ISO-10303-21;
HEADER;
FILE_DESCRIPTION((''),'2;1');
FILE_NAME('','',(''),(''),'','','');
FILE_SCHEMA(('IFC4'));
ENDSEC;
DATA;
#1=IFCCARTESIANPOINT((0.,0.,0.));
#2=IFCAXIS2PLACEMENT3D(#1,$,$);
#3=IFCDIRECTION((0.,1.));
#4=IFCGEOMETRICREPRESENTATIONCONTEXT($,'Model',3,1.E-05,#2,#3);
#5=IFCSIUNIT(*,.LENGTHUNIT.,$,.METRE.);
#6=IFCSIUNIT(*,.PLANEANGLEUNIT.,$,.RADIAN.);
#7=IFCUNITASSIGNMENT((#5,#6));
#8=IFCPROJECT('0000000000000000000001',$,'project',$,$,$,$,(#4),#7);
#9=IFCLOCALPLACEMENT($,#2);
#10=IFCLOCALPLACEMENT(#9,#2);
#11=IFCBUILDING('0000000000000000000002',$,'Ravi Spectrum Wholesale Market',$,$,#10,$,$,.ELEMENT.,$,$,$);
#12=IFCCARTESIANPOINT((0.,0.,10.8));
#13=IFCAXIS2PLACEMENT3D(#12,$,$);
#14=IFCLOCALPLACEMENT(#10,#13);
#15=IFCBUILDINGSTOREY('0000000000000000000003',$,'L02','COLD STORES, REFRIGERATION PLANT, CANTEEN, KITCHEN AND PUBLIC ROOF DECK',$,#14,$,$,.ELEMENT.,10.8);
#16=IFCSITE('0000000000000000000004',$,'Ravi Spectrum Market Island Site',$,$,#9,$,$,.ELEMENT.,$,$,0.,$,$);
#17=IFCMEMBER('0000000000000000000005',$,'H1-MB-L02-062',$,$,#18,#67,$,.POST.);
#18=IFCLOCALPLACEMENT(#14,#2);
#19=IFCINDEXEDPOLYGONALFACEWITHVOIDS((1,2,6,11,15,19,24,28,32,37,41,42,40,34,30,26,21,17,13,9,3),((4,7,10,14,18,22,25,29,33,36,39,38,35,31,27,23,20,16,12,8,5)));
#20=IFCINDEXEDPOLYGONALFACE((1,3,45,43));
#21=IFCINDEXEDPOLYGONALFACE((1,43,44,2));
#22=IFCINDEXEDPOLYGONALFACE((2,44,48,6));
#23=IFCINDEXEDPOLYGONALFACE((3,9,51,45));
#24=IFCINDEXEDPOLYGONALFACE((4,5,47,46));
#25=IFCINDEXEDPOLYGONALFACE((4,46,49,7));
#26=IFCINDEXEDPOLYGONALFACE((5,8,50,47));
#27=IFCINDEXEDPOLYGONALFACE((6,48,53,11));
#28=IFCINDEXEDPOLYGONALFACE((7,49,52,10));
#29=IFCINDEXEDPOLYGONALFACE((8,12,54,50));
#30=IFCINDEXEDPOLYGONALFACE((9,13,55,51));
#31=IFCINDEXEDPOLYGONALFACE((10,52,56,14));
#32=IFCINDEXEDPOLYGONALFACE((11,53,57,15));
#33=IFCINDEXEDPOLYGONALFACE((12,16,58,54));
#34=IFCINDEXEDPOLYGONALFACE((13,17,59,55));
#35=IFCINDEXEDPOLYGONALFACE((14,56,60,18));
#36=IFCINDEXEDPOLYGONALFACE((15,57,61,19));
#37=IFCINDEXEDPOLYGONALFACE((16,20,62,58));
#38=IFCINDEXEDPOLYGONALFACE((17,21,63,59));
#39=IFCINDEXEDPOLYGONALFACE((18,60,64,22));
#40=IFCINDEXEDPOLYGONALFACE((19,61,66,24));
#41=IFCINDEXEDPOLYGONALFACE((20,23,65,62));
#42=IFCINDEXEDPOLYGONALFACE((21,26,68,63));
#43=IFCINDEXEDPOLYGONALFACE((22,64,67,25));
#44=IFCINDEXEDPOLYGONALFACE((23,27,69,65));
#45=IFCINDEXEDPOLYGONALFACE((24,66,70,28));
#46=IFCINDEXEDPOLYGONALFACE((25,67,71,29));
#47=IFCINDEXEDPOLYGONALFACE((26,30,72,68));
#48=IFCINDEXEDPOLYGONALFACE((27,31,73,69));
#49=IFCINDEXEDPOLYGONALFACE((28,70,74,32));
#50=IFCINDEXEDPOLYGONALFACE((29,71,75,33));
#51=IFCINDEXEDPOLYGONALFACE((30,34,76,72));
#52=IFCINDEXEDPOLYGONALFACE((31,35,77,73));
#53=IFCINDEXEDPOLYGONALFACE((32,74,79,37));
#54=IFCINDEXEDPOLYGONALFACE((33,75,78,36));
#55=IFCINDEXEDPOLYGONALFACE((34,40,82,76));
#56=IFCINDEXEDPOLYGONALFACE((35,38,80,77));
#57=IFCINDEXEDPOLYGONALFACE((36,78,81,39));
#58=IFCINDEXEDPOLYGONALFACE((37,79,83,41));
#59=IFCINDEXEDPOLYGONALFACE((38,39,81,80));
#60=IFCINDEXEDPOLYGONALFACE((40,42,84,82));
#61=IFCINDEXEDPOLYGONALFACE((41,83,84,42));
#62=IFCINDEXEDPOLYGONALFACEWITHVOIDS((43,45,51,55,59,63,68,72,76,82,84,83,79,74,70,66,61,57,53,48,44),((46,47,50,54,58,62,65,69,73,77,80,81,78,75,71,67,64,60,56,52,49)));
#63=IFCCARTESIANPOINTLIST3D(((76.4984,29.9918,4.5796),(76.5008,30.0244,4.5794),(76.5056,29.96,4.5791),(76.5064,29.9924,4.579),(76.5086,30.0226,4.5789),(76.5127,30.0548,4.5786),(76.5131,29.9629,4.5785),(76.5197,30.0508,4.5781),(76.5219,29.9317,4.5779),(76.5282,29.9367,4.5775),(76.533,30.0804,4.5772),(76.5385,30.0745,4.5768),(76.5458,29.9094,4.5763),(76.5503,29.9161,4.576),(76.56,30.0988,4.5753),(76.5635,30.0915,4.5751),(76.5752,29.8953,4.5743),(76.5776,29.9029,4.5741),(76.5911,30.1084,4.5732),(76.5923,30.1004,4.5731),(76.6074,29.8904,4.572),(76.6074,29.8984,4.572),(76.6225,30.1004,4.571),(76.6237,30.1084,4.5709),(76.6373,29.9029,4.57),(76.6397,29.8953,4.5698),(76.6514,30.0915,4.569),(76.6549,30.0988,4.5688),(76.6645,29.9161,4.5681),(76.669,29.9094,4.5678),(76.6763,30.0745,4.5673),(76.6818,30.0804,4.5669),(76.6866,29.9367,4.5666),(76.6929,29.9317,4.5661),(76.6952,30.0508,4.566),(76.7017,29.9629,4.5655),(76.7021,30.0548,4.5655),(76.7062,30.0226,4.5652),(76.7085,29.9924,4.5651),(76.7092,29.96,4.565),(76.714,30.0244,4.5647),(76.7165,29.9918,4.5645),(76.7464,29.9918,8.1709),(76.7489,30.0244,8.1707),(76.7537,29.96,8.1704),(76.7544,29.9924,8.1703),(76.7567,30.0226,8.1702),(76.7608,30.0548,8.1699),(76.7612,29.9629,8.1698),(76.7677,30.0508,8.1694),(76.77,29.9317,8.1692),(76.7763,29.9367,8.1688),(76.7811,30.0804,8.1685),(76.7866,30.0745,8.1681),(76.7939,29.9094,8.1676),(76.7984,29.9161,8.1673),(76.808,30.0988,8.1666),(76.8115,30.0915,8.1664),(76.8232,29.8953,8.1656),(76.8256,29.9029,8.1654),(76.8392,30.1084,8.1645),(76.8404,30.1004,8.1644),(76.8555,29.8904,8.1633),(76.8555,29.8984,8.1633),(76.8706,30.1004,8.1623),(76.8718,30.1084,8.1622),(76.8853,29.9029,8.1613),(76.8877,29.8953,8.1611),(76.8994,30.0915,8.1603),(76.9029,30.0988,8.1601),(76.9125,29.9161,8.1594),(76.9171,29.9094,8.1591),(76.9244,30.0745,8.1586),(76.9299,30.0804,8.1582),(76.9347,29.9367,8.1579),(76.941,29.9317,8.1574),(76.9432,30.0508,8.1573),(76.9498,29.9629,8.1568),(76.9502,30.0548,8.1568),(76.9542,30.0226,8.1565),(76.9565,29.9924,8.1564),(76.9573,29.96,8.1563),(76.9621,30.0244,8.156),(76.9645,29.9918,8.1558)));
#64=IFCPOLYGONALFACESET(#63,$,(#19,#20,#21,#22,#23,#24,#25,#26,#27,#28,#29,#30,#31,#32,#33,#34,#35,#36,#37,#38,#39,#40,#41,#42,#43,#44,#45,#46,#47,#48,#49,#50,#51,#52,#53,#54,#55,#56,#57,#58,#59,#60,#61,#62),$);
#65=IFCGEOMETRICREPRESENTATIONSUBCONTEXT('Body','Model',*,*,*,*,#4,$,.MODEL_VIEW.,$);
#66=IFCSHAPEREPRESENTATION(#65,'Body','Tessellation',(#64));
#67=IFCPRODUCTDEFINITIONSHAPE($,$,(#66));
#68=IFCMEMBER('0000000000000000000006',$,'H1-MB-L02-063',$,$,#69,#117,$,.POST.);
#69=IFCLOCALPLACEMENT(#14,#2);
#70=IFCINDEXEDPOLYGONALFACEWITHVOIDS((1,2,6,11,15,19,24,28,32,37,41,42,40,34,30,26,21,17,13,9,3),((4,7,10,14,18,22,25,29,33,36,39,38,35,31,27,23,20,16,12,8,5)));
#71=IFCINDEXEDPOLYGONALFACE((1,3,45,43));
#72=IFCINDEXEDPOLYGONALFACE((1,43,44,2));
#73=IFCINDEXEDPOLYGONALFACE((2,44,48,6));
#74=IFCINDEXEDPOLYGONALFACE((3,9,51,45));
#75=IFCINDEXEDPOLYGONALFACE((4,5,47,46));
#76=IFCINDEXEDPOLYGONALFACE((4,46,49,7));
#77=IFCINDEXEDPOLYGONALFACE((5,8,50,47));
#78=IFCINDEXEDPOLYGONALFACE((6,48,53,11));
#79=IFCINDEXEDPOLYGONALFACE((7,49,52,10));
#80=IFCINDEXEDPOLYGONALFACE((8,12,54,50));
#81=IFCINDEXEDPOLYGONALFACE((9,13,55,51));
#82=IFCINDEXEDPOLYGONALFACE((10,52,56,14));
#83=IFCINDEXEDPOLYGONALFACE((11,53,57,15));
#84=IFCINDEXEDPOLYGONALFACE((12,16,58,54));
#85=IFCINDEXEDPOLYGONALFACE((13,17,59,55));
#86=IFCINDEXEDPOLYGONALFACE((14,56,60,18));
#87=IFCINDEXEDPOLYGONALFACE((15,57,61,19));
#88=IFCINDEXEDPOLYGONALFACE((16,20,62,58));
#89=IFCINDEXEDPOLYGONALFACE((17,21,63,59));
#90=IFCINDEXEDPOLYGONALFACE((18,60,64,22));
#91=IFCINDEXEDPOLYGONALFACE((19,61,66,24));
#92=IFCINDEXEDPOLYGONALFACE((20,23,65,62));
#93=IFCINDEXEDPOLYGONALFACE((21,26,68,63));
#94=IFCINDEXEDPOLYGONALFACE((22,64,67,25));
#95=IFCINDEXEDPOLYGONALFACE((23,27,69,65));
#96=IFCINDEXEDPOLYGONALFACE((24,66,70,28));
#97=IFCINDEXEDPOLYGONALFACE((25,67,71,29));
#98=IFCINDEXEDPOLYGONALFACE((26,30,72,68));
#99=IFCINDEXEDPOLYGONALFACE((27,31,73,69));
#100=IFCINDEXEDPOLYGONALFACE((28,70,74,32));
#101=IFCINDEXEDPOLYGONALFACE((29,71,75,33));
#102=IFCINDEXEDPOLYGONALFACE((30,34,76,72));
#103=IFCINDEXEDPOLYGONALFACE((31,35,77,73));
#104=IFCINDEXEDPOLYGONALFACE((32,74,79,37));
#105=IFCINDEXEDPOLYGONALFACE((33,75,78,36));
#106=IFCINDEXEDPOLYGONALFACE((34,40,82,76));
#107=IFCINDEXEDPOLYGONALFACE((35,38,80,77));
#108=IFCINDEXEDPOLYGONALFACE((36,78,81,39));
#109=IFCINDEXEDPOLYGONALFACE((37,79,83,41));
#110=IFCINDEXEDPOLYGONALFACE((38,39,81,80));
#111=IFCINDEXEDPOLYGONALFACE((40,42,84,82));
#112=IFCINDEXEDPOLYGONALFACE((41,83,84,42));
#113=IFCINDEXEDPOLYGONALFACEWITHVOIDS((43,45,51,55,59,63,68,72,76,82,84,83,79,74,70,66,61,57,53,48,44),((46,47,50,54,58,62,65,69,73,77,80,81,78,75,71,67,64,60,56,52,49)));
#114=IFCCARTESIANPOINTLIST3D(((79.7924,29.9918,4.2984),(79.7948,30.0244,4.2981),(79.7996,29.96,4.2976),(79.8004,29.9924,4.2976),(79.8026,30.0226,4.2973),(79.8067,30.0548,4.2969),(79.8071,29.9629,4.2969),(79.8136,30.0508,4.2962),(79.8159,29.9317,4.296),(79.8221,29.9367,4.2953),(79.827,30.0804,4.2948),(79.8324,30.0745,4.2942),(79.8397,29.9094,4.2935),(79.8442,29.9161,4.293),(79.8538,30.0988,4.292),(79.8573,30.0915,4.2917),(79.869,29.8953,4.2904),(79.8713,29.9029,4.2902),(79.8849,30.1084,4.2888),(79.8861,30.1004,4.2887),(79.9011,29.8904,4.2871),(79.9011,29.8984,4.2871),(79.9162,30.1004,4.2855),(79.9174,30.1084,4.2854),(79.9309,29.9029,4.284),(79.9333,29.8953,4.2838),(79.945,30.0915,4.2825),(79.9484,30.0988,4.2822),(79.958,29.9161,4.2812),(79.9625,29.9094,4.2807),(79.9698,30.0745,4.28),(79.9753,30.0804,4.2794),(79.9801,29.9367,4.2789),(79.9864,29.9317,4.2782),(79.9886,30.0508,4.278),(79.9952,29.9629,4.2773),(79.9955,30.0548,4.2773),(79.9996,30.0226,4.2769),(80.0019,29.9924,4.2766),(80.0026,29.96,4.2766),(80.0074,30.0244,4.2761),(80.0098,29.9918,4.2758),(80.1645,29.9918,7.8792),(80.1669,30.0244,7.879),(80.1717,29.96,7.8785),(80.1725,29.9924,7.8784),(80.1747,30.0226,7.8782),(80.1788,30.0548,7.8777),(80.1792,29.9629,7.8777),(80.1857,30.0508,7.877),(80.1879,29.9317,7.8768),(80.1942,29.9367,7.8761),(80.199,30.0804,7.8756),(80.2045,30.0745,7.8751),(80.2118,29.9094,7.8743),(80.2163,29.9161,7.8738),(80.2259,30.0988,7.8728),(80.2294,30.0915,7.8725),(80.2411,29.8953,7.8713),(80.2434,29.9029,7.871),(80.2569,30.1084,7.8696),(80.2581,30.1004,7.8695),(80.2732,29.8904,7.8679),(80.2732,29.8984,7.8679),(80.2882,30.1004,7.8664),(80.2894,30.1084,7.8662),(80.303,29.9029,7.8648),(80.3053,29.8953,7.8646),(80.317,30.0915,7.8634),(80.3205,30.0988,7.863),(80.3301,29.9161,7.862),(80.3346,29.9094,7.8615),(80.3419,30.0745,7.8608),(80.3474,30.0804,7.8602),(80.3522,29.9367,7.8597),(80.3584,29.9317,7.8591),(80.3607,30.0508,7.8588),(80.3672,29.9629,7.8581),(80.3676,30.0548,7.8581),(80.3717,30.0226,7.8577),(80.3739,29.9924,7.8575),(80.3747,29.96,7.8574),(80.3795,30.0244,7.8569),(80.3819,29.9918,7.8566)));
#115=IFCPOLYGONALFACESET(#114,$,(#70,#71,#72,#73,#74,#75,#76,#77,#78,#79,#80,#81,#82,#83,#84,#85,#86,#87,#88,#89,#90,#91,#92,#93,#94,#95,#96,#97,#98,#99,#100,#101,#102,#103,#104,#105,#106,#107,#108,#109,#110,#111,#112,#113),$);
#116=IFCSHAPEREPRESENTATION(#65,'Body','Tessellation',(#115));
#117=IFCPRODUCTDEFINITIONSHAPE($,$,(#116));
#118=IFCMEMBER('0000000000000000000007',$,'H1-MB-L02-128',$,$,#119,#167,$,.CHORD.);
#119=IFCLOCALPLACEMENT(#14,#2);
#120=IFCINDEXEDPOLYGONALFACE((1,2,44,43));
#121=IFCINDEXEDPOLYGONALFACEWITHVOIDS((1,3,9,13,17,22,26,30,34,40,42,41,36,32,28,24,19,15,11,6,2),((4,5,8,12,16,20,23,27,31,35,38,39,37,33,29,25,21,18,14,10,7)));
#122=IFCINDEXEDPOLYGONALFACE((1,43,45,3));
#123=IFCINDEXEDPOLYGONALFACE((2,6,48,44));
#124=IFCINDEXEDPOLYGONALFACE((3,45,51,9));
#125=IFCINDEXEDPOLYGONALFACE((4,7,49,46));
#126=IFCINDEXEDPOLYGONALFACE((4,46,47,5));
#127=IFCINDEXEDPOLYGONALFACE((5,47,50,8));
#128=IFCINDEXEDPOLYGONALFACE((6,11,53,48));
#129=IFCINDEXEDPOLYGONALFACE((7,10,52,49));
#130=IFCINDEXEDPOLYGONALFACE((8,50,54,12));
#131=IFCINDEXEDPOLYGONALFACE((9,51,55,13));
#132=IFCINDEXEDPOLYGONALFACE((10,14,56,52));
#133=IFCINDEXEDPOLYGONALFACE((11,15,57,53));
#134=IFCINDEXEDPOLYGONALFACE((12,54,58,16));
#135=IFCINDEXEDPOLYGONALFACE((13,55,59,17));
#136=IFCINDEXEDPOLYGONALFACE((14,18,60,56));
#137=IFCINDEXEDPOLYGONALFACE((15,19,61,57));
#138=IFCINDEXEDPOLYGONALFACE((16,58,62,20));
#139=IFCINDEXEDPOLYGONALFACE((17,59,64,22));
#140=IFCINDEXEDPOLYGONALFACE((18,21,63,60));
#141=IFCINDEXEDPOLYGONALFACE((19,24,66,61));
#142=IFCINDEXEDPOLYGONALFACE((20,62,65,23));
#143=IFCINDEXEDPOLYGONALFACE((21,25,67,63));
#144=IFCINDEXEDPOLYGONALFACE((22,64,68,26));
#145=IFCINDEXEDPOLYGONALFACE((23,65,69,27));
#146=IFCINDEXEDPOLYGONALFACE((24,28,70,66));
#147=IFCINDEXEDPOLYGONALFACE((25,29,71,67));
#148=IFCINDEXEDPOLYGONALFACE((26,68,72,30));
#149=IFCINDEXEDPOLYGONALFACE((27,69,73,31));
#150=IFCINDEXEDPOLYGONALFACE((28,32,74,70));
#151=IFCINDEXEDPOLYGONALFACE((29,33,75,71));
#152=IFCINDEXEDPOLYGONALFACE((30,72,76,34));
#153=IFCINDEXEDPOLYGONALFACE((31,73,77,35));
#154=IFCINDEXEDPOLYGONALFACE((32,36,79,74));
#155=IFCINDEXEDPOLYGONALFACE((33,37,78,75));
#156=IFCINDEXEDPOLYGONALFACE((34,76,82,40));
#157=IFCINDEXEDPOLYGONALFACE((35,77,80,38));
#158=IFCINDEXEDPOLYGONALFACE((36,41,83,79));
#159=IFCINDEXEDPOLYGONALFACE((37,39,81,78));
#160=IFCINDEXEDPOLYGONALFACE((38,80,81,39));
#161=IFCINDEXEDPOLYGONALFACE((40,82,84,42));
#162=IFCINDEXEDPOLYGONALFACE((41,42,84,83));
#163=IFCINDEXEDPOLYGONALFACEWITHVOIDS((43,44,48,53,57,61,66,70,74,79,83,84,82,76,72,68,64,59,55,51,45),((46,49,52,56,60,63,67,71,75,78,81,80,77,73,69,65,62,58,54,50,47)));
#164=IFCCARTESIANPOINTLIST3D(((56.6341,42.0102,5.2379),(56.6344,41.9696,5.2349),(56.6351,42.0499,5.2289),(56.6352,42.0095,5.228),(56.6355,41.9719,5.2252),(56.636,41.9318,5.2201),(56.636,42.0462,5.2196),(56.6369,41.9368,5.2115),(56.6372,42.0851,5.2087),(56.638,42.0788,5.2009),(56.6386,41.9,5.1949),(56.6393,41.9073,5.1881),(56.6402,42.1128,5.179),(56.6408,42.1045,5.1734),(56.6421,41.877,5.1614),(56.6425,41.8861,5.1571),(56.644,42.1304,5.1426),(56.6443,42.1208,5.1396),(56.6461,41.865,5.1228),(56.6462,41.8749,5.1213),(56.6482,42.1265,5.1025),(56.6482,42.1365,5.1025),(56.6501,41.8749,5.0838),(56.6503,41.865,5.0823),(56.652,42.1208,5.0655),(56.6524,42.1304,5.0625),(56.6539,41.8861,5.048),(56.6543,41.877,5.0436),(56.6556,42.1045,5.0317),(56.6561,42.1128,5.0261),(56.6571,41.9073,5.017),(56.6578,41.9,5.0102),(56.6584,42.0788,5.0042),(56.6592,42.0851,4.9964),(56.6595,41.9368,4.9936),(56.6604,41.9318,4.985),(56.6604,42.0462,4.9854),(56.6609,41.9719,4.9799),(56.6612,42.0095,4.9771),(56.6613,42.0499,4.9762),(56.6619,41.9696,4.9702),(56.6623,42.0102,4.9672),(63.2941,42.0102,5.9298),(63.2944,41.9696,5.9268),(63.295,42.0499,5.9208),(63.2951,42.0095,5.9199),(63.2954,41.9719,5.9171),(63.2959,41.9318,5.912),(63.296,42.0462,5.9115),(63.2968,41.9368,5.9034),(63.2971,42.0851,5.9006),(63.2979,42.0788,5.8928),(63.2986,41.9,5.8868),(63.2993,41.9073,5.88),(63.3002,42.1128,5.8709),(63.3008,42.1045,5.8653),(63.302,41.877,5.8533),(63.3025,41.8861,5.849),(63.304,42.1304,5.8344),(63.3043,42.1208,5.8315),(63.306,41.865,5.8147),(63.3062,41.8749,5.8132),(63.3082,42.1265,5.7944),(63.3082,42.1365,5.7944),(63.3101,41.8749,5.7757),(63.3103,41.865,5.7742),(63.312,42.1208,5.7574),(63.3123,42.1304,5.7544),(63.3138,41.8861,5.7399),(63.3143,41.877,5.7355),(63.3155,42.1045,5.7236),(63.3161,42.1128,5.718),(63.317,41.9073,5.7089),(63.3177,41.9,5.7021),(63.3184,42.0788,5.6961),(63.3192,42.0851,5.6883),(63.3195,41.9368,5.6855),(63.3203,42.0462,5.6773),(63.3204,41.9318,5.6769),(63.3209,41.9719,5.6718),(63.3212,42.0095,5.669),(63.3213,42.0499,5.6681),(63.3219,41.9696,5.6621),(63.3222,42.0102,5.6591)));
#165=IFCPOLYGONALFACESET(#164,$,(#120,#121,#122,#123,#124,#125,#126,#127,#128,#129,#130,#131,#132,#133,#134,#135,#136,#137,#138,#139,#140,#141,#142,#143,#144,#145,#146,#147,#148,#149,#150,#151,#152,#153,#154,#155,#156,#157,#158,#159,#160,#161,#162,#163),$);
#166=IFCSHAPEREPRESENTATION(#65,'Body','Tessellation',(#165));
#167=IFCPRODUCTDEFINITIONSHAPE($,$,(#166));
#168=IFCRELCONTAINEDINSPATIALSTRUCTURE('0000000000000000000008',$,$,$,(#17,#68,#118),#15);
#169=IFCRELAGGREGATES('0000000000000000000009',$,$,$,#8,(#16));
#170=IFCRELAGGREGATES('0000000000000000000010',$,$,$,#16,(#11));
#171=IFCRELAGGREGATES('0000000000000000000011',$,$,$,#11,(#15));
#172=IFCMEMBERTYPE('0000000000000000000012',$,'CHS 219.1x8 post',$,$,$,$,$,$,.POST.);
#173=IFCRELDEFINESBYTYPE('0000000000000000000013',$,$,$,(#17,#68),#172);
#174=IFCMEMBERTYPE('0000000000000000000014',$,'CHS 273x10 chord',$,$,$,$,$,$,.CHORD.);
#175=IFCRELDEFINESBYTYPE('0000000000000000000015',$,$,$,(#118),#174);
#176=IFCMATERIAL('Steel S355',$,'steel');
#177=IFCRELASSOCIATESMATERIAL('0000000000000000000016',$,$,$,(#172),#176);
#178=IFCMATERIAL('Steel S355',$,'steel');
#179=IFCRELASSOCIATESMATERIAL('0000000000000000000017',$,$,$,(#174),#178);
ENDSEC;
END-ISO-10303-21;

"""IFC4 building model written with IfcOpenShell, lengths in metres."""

from ifc_helpers import new_model, si_unit, direction, frame, origin, origin_2d, place, context, subcontext, project, spatial, hollow_circle, extrude, material, material_profile, profile_set, type_object, element, save


model = new_model("IFC4")

# Units and contexts
model_context = context("Model", 3, precision=1e-05, world=origin(), true_north=direction((0.0, 1.0)))
body_context = subcontext(model_context, "Body", "Model", "MODEL_VIEW")
ifc_project = project(units=[si_unit("LENGTHUNIT", "METRE"), si_unit("PLANEANGLEUNIT", "RADIAN")], contexts=[model_context])

# Site, building, storey
site_placement = place(None, origin())
site = spatial("IfcSite", under=ifc_project, at=site_placement, Name="Ravi Spectrum Market Island Site", CompositionType="ELEMENT", RefElevation=0.0)
building_placement = place(site_placement, origin())
building = spatial("IfcBuilding", under=site, at=building_placement, Name="Ravi Spectrum Wholesale Market", CompositionType="ELEMENT")
storey_placement = place(building_placement, frame((0.0, 0.0, 10.8)))
storey = spatial("IfcBuildingStorey", under=building, at=storey_placement, Name="L02", Description="COLD STORES, REFRIGERATION PLANT, CANTEEN, KITCHEN AND PUBLIC ROOF DECK", CompositionType="ELEMENT", Elevation=10.8)

# Members
ifc_material_1 = material(Name="Steel S355", Category="steel")
ifc_material_profile_1 = material_profile(ifc_material_1, hollow_circle(Radius=0.1096, WallThickness=0.0081, at=origin_2d()))
ifc_profile_set_1 = profile_set([ifc_material_profile_1], Name="Steel S355")
member_type_1 = type_object("IfcMemberType", Name="CHS 219.1x8 post", PredefinedType="POST", material=ifc_profile_set_1)
member_1_placement = place(storey_placement, frame((76.8555, 30.0, 8.1633), z_axis=(-0.068905, 0.0, -0.997623), x_axis=(0.0, -1.0, 0.0)))
element("IfcMember", 1, at=member_1_placement, inside=storey, type_object=member_type_1, Name="H1-MB-L02-062", PredefinedType="POST", context=body_context, shape_type="SweptSolid", body=[
    extrude(hollow_circle(Radius=0.1096, WallThickness=0.0081, at=origin_2d()), origin(), (0.0, 0.0, 1.0), 3.5999),
])
member_2_placement = place(storey_placement, frame((80.2732, 30.0, 7.8679), z_axis=(-0.10335, 0.0, -0.994645), x_axis=(0.0, -1.0, 0.0)))
element("IfcMember", 2, at=member_2_placement, inside=storey, type_object=member_type_1, Name="H1-MB-L02-063", PredefinedType="POST", context=body_context, shape_type="SweptSolid", body=[
    extrude(hollow_circle(Radius=0.1096, WallThickness=0.0081, at=origin_2d()), origin(), (0.0, 0.0, 1.0), 3.6001),
])
ifc_material_2 = material(Name="Steel S355", Category="steel")
ifc_material_profile_2 = material_profile(ifc_material_2, hollow_circle(Radius=0.1365, WallThickness=0.01, at=origin_2d()))
ifc_profile_set_2 = profile_set([ifc_material_profile_2], Name="Steel S355")
member_type_2 = type_object("IfcMemberType", Name="CHS 273x10 chord", PredefinedType="CHORD", material=ifc_profile_set_2)
for number, where, z_axis, x_axis, name in (
    (3, (56.6482, 42.0, 5.1025), (0.994647, 0.0, 0.103333), (0.0, 1.0, 0.0), "H1-MB-L02-128"),
):
    element("IfcMember", number, at=place(storey_placement, frame(where, z_axis=z_axis, x_axis=x_axis)), inside=storey, type_object=member_type_2, Name=name, PredefinedType="CHORD", context=body_context, shape_type="SweptSolid", body=[
        extrude(hollow_circle(Radius=0.1365, WallThickness=0.01, at=origin_2d()), origin(), (0.0, 0.0, 1.0), 6.6958),
    ])

save(model, "model.ifc")
